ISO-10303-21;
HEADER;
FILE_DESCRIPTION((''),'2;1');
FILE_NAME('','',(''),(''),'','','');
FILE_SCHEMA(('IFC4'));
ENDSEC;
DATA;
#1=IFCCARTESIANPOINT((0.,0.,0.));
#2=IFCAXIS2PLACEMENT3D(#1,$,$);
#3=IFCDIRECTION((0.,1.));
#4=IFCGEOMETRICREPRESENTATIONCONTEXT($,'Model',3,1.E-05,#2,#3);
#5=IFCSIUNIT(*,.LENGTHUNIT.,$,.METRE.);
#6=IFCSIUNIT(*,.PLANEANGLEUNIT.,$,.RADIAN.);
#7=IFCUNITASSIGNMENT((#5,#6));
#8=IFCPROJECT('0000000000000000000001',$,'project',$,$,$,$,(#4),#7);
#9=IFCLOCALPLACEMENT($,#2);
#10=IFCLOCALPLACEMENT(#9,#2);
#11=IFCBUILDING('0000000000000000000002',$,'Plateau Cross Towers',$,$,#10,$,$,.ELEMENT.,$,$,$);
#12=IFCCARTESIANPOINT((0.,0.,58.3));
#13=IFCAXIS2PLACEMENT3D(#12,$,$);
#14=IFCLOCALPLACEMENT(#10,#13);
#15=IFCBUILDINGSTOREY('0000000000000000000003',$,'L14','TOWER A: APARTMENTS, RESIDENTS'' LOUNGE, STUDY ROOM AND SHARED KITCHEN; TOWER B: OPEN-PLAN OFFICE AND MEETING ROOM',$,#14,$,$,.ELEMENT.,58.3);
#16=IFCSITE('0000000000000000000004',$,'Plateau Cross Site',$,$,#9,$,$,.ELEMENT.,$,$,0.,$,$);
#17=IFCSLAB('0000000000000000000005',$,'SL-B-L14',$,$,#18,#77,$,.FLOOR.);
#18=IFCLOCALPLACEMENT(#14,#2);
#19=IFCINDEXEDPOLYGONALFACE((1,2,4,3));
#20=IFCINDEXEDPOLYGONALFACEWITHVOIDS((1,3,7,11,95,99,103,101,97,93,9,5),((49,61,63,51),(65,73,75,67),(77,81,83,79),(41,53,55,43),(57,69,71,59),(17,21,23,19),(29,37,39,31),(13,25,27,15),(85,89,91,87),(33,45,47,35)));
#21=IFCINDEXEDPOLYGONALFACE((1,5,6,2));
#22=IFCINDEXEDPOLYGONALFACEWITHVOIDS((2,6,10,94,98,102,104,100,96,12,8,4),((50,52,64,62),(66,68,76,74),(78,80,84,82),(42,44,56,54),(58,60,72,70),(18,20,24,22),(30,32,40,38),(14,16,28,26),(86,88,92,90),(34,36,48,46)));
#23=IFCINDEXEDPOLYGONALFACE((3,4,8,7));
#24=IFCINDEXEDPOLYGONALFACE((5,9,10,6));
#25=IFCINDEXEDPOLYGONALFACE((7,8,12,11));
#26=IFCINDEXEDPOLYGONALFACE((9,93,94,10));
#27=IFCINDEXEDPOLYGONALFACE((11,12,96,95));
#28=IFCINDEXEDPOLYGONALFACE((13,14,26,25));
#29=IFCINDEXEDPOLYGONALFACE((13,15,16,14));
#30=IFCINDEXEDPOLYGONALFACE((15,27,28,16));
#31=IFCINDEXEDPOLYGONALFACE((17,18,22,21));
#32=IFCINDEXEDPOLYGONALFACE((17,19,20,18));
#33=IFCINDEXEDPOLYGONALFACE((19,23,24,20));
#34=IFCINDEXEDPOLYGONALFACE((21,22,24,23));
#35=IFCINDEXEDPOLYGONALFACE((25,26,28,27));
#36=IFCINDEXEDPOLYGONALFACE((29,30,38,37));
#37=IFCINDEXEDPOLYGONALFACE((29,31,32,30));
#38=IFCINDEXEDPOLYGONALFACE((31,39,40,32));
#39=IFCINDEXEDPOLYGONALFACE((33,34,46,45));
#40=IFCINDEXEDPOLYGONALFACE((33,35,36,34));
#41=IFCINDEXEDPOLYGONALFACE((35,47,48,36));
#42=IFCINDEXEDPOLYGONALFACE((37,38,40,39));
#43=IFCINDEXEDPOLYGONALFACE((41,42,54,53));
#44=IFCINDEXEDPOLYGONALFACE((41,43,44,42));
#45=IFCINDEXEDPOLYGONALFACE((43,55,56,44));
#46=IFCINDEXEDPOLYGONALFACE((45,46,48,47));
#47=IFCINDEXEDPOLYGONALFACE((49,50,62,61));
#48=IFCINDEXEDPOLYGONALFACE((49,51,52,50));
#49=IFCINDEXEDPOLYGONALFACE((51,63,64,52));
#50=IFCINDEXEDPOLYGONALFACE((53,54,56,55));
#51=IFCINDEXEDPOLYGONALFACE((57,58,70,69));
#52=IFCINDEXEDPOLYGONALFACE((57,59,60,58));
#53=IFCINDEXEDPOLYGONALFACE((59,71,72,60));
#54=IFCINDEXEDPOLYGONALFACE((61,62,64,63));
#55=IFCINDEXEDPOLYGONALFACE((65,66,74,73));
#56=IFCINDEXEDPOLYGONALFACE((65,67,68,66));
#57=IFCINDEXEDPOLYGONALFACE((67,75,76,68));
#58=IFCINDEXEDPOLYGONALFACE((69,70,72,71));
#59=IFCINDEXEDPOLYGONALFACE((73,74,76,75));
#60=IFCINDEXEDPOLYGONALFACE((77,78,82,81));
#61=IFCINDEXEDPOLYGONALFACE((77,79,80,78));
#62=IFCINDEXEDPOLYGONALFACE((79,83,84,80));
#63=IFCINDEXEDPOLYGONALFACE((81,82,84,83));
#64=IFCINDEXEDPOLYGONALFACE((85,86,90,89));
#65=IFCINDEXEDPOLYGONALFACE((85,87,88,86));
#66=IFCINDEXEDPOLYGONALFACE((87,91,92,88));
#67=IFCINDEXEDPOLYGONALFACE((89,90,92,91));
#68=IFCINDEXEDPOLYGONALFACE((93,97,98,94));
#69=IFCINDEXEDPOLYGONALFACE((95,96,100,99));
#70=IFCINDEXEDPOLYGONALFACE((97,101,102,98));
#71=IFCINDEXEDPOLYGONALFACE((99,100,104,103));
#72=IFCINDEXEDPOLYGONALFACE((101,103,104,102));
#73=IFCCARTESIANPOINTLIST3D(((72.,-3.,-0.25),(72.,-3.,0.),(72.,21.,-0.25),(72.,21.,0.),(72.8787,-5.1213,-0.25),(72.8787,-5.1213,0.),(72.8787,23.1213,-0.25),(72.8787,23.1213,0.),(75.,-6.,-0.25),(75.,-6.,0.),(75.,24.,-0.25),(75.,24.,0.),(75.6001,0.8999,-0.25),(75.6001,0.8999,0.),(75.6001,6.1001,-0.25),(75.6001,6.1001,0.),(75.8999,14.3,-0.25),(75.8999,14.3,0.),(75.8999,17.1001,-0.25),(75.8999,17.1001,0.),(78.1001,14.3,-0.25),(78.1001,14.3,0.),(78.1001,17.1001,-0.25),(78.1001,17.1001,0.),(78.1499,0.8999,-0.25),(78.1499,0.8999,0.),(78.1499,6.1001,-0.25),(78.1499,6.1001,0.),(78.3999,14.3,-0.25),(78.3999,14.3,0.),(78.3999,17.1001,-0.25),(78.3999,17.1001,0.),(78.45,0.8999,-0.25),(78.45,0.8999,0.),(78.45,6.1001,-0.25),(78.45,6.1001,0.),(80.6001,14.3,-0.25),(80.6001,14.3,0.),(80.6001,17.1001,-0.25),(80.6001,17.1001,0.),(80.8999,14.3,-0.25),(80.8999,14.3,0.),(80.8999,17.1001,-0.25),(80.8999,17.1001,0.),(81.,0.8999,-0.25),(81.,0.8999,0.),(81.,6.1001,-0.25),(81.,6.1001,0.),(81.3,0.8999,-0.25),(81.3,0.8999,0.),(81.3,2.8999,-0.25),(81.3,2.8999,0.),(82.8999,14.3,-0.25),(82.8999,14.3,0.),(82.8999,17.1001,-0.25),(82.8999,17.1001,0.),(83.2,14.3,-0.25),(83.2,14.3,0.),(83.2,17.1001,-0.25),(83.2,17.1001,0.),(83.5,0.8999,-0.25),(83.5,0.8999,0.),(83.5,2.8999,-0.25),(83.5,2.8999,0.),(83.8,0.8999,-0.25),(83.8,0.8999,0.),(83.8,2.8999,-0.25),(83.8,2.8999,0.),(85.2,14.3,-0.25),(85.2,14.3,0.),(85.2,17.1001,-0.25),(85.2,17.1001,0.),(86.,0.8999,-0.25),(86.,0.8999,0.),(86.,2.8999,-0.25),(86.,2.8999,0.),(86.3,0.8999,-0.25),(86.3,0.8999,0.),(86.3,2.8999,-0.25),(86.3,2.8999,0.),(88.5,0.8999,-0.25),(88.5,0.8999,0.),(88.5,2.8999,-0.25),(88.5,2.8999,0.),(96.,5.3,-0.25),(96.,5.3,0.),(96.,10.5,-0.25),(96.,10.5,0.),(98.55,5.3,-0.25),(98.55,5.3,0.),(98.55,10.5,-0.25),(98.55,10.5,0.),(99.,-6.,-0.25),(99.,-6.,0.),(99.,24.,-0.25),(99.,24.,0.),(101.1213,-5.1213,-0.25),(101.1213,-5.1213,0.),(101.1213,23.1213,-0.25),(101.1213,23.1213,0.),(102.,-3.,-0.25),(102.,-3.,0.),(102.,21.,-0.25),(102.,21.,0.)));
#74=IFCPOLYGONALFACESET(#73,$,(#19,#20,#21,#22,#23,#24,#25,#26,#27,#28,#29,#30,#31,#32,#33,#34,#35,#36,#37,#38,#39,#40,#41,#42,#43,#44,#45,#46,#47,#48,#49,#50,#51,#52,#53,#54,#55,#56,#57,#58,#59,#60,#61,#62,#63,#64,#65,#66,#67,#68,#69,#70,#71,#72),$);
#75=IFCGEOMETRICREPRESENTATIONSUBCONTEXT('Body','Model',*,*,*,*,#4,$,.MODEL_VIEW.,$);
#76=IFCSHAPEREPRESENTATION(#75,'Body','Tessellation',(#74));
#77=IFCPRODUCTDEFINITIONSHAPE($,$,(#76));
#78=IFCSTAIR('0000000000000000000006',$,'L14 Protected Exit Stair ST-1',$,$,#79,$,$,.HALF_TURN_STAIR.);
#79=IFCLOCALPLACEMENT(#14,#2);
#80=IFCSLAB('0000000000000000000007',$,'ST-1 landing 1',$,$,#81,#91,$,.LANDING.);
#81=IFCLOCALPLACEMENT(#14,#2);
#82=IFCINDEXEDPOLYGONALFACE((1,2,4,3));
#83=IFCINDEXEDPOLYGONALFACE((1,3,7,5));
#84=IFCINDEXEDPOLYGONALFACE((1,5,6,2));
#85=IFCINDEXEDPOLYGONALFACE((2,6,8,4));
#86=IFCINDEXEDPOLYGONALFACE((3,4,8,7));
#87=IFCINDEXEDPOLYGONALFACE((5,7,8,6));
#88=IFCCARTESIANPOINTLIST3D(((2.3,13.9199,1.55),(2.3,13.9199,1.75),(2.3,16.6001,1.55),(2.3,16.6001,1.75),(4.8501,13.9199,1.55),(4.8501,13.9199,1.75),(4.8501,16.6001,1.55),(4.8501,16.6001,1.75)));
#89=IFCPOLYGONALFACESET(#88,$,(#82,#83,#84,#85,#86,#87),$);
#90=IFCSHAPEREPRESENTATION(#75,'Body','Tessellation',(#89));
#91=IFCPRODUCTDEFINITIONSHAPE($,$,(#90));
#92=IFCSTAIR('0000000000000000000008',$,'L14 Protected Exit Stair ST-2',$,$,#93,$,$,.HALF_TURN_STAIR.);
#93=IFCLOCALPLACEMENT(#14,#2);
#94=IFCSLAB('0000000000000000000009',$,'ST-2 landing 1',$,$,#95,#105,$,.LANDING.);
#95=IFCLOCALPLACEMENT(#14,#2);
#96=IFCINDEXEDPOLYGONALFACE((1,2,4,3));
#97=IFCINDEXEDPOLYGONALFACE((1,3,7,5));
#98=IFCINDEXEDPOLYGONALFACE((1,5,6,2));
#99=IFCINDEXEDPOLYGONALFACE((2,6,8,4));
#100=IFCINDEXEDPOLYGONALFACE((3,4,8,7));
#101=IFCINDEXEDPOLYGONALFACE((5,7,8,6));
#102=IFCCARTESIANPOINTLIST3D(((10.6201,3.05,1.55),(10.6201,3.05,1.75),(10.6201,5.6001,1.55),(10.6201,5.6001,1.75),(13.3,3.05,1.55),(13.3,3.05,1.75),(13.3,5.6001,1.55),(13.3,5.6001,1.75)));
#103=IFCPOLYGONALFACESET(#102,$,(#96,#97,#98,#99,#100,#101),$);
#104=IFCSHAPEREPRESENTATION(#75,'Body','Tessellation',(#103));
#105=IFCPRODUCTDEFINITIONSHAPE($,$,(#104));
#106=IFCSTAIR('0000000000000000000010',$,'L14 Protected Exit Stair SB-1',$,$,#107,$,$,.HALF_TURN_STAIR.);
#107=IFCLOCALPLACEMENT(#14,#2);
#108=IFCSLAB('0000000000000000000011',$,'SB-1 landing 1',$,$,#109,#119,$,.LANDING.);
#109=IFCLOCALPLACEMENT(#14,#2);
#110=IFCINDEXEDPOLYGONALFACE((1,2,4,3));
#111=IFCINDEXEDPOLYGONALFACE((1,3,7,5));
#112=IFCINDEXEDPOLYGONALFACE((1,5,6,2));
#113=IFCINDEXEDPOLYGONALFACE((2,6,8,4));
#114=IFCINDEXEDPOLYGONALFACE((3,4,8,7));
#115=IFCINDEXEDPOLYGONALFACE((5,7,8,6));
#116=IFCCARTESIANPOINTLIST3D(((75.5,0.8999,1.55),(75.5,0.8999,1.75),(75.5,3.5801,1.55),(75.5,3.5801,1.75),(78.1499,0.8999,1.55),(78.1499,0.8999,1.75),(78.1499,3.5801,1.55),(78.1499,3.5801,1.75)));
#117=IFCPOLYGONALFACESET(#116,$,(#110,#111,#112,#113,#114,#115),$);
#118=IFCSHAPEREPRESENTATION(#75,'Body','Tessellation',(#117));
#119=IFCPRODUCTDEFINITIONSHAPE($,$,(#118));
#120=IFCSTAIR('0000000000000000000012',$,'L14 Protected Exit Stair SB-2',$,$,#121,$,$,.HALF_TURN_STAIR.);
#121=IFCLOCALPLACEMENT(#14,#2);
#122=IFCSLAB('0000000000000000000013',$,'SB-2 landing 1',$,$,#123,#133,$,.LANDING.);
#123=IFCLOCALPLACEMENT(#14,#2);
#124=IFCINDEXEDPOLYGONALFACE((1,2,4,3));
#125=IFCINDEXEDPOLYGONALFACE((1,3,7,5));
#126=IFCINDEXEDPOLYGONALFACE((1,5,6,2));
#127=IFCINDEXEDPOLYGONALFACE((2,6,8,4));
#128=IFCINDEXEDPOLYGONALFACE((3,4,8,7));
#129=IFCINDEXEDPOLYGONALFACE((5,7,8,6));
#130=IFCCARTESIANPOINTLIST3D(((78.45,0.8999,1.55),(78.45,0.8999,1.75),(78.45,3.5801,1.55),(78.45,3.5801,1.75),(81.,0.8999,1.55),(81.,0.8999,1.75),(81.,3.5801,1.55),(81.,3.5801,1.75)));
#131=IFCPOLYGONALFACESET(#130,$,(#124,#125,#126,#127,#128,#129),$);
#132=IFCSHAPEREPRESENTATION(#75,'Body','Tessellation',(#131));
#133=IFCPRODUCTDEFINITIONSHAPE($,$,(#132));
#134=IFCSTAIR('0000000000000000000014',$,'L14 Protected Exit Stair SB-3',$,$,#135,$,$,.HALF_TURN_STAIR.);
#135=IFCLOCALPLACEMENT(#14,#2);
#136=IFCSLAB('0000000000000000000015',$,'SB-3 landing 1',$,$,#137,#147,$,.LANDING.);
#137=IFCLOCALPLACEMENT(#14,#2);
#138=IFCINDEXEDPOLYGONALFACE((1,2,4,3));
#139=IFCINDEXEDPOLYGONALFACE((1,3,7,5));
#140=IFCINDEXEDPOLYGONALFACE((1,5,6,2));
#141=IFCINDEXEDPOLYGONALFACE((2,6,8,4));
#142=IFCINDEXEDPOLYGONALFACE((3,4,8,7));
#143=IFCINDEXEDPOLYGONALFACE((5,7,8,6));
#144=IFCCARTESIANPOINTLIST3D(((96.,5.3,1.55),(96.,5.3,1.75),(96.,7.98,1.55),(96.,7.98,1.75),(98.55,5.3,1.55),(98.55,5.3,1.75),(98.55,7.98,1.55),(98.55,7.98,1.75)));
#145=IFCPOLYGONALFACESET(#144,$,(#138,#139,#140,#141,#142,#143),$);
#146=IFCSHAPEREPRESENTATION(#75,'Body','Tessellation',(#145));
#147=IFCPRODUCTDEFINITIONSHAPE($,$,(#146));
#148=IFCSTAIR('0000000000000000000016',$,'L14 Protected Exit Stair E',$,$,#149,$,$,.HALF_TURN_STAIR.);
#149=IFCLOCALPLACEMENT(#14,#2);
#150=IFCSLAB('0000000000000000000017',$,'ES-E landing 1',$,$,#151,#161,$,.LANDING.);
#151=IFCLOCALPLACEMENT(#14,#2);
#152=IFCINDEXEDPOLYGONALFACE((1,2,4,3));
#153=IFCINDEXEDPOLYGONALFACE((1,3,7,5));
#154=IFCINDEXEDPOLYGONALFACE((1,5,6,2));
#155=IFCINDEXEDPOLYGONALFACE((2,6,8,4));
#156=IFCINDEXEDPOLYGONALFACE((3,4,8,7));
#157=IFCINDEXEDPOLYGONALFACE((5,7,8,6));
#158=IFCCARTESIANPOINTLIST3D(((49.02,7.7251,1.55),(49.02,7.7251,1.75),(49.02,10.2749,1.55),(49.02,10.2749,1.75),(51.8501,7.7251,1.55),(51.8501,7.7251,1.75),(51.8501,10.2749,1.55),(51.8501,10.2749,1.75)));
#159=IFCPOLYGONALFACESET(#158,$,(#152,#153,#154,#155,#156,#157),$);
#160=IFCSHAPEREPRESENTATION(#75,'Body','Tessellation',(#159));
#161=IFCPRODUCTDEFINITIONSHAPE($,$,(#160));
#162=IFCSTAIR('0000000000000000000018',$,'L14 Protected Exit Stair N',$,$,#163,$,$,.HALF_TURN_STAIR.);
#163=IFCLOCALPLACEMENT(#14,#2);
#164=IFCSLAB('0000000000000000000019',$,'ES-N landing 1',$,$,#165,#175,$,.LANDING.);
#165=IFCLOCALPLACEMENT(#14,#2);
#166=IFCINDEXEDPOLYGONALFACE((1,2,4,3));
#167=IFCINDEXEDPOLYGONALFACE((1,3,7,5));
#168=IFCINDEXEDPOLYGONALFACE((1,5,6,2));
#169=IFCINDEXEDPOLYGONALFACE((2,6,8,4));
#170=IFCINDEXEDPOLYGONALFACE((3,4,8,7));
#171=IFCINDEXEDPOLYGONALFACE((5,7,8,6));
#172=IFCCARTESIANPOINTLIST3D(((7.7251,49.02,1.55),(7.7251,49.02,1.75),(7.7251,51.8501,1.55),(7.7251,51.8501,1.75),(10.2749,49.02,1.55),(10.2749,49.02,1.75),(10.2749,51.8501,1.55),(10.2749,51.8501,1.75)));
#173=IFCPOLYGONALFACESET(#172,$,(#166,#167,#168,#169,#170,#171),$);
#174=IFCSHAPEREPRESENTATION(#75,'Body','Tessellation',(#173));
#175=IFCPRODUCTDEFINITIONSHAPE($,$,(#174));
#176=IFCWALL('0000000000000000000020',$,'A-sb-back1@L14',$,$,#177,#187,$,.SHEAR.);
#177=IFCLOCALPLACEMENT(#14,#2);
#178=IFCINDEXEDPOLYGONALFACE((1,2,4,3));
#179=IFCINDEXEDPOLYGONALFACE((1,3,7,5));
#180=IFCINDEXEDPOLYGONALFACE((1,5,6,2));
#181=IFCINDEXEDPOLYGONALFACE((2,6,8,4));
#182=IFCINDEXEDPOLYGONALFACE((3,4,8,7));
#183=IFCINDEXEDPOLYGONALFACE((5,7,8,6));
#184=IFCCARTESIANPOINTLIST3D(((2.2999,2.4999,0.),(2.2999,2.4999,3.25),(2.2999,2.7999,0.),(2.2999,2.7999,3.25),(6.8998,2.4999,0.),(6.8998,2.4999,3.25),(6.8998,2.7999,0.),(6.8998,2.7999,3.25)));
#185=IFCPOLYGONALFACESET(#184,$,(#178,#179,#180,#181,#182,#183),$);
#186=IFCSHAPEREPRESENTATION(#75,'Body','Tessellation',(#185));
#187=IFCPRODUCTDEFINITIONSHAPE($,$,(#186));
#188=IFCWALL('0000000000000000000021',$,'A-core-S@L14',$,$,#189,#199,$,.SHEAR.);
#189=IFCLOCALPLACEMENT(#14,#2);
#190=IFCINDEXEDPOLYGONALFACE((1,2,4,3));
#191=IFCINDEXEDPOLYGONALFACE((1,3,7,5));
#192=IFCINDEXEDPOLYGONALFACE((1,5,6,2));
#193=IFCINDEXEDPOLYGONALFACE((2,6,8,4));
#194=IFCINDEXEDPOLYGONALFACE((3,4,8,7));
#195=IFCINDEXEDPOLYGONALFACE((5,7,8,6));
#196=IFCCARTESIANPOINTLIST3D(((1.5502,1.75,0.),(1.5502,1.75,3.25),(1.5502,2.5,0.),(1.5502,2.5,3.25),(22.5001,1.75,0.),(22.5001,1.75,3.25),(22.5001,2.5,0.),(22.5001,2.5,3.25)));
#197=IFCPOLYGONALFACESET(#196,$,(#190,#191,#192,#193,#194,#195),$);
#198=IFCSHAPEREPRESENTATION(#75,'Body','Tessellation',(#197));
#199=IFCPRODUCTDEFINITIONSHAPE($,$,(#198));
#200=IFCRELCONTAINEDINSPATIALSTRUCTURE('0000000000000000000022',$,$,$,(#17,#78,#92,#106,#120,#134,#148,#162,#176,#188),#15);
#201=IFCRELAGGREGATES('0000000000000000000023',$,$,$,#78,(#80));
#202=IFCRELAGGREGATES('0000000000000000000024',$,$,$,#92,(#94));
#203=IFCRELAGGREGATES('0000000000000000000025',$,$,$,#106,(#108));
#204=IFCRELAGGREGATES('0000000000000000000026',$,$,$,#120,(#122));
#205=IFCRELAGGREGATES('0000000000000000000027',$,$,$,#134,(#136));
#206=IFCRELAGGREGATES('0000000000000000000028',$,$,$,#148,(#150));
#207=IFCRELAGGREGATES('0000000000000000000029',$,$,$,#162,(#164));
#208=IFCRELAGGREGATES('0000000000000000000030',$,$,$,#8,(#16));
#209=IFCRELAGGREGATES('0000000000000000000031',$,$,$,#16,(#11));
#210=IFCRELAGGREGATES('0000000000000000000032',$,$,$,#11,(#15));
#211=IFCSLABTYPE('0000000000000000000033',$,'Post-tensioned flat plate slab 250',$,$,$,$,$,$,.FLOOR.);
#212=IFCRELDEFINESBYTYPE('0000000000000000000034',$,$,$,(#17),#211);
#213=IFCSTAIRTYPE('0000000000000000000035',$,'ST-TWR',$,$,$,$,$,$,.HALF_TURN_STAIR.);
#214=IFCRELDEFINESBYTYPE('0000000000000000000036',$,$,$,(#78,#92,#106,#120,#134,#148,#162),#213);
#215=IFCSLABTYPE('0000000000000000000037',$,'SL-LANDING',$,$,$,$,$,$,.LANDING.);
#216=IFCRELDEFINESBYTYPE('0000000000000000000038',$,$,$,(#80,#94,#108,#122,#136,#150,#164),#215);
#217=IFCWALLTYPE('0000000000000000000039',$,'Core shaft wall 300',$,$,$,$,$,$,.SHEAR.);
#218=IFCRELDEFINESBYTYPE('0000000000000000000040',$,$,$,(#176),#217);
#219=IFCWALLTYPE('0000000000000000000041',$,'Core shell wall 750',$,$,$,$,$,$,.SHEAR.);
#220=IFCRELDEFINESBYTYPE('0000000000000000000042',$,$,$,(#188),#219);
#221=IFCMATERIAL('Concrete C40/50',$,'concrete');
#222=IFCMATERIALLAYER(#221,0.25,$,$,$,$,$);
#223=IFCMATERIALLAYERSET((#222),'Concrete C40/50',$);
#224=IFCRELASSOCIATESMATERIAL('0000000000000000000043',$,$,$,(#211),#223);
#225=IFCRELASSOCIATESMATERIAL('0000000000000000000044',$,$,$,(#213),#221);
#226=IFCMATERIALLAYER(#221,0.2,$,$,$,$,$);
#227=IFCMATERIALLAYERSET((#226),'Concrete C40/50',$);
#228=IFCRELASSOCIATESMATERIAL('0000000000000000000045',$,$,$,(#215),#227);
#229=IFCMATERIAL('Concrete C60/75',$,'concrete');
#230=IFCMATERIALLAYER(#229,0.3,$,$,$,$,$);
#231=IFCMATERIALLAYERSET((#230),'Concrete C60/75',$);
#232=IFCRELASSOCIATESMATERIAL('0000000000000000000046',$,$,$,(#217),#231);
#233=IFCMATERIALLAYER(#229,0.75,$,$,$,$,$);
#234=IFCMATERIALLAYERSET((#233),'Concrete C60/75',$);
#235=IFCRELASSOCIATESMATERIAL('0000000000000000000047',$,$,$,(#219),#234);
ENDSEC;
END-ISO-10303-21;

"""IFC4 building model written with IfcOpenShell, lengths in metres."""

from ifc_helpers import new_model, si_unit, direction, frame, frame_2d, origin, place, context, subcontext, project, spatial, polyline, rectangle, outline, extrude, material, layer, layer_set, type_object, element, aggregate, save


model = new_model("IFC4")

# Units and contexts
model_context = context("Model", 3, precision=1e-05, world=origin(), true_north=direction((0.0, 1.0)))
body_context = subcontext(model_context, "Body", "Model", "MODEL_VIEW")
ifc_project = project(units=[si_unit("LENGTHUNIT", "METRE"), si_unit("PLANEANGLEUNIT", "RADIAN")], contexts=[model_context])

# Site, building, storey
site_placement = place(None, origin())
site = spatial("IfcSite", under=ifc_project, at=site_placement, Name="Plateau Cross Site", CompositionType="ELEMENT", RefElevation=0.0)
building_placement = place(site_placement, origin())
building = spatial("IfcBuilding", under=site, at=building_placement, Name="Plateau Cross Towers", CompositionType="ELEMENT")
storey_placement = place(building_placement, frame((0.0, 0.0, 58.3)))
storey = spatial("IfcBuildingStorey", under=building, at=storey_placement, Name="L14", Description="TOWER A: APARTMENTS, RESIDENTS' LOUNGE, STUDY ROOM AND SHARED KITCHEN; TOWER B: OPEN-PLAN OFFICE AND MEETING ROOM", CompositionType="ELEMENT", Elevation=58.3)

# Shared definitions
ifc_material_1 = material(Name="Concrete C60/75", Category="concrete")

# Shared definitions
ifc_material_2 = material(Name="Concrete C40/50", Category="concrete")

# Slab
ifc_layer_1 = layer(ifc_material_2, 0.25)
ifc_layer_set_1 = layer_set([ifc_layer_1], Name="Concrete C40/50")
slab_type_1 = type_object("IfcSlabType", Name="Post-tensioned flat plate slab 250", PredefinedType="FLOOR", material=ifc_layer_set_1)
slab_1_placement = place(storey_placement, frame((0.0, 0.0, -0.25)))
element("IfcSlab", 1, at=slab_1_placement, inside=storey, type_object=slab_type_1, Name="SL-B-L14", PredefinedType="FLOOR", context=body_context, shape_type="SweptSolid", body=[
    extrude(outline(polyline([(72.8787, -5.1213), (72.0, -3.0), (72.0, 21.0), (72.8787, 23.1213), (75.0, 24.0), (99.0, 24.0), (101.1213, 23.1213), (102.0, 21.0), (102.0, -3.0), (101.1213, -5.1213), (99.0, -6.0), (75.0, -6.0), (72.8787, -5.1213)]), holes=[polyline([(75.6001, 0.8999), (78.1499, 0.8999), (78.1499, 6.1001), (75.6001, 6.1001), (75.6001, 0.8999)]), polyline([(78.1001, 14.3), (78.1001, 17.1001), (75.8999, 17.1001), (75.8999, 14.3), (78.1001, 14.3)]), polyline([(83.5, 0.8999), (83.5, 2.8999), (81.3, 2.8999), (81.3, 0.8999), (83.5, 0.8999)]), polyline([(86.0, 0.8999), (86.0, 2.8999), (83.8, 2.8999), (83.8, 0.8999), (86.0, 0.8999)]), polyline([(88.5, 0.8999), (88.5, 2.8999), (86.3, 2.8999), (86.3, 0.8999), (88.5, 0.8999)]), polyline([(78.45, 0.8999), (81.0, 0.8999), (81.0, 6.1001), (78.45, 6.1001), (78.45, 0.8999)]), polyline([(96.0, 5.3), (98.55, 5.3), (98.55, 10.5), (96.0, 10.5), (96.0, 5.3)]), polyline([(80.6001, 14.3), (80.6001, 17.1001), (78.3999, 17.1001), (78.3999, 14.3), (80.6001, 14.3)]), polyline([(80.8999, 14.3), (82.8999, 14.3), (82.8999, 17.1001), (80.8999, 17.1001), (80.8999, 14.3)]), polyline([(83.2, 14.3), (85.2, 14.3), (85.2, 17.1001), (83.2, 17.1001), (83.2, 14.3)])]), origin(), (0.0, 0.0, 1.0), 0.25),
])

# Stairs, slabs
stair_type = type_object("IfcStairType", Name="ST-TWR", PredefinedType="HALF_TURN_STAIR", material=ifc_material_2)
stair_1_placement = place(storey_placement, origin())
stair_1 = element("IfcStair", 2, at=stair_1_placement, inside=storey, type_object=stair_type, Name="L14 Protected Exit Stair ST-1", PredefinedType="HALF_TURN_STAIR")
ifc_layer_2 = layer(ifc_material_2, 0.2)
ifc_layer_set_2 = layer_set([ifc_layer_2], Name="Concrete C40/50")
slab_type_2 = type_object("IfcSlabType", Name="SL-LANDING", PredefinedType="LANDING", material=ifc_layer_set_2)
slab_2_placement = place(storey_placement, frame((0.0, 0.0, 1.55)))
slab_2 = element("IfcSlab", 3, at=slab_2_placement, type_object=slab_type_2, Name="ST-1 landing 1", PredefinedType="LANDING", context=body_context, shape_type="SweptSolid", body=[
    extrude(outline(polyline([(4.8501, 13.9199), (4.8501, 16.6001), (2.3, 16.6001), (2.3, 13.9199), (4.8501, 13.9199)])), origin(), (0.0, 0.0, 1.0), 0.2),
])
aggregate(stair_1, [slab_2])
stair_2_placement = place(storey_placement, origin())
stair_2 = element("IfcStair", 4, at=stair_2_placement, inside=storey, type_object=stair_type, Name="L14 Protected Exit Stair ST-2", PredefinedType="HALF_TURN_STAIR")
slab_3_placement = place(storey_placement, frame((0.0, 0.0, 1.55)))
slab_3 = element("IfcSlab", 5, at=slab_3_placement, type_object=slab_type_2, Name="ST-2 landing 1", PredefinedType="LANDING", context=body_context, shape_type="SweptSolid", body=[
    extrude(outline(polyline([(10.6201, 3.05), (13.3, 3.05), (13.3, 5.6001), (10.6201, 5.6001), (10.6201, 3.05)])), origin(), (0.0, 0.0, 1.0), 0.2),
])
aggregate(stair_2, [slab_3])
stair_3_placement = place(storey_placement, origin())
stair_3 = element("IfcStair", 6, at=stair_3_placement, inside=storey, type_object=stair_type, Name="L14 Protected Exit Stair SB-1", PredefinedType="HALF_TURN_STAIR")
slab_4_placement = place(storey_placement, frame((0.0, 0.0, 1.55)))
slab_4 = element("IfcSlab", 7, at=slab_4_placement, type_object=slab_type_2, Name="SB-1 landing 1", PredefinedType="LANDING", context=body_context, shape_type="SweptSolid", body=[
    extrude(outline(polyline([(75.5, 3.5801), (75.5, 0.8999), (78.1499, 0.8999), (78.1499, 3.5801), (75.5, 3.5801)])), origin(), (0.0, 0.0, 1.0), 0.2),
])
aggregate(stair_3, [slab_4])
stair_4_placement = place(storey_placement, origin())
stair_4 = element("IfcStair", 8, at=stair_4_placement, inside=storey, type_object=stair_type, Name="L14 Protected Exit Stair SB-2", PredefinedType="HALF_TURN_STAIR")
slab_5_placement = place(storey_placement, frame((0.0, 0.0, 1.55)))
slab_5 = element("IfcSlab", 9, at=slab_5_placement, type_object=slab_type_2, Name="SB-2 landing 1", PredefinedType="LANDING", context=body_context, shape_type="SweptSolid", body=[
    extrude(outline(polyline([(78.45, 3.5801), (78.45, 0.8999), (81.0, 0.8999), (81.0, 3.5801), (78.45, 3.5801)])), origin(), (0.0, 0.0, 1.0), 0.2),
])
aggregate(stair_4, [slab_5])
stair_5_placement = place(storey_placement, origin())
stair_5 = element("IfcStair", 10, at=stair_5_placement, inside=storey, type_object=stair_type, Name="L14 Protected Exit Stair SB-3", PredefinedType="HALF_TURN_STAIR")
slab_6_placement = place(storey_placement, frame((0.0, 0.0, 1.55)))
slab_6 = element("IfcSlab", 11, at=slab_6_placement, type_object=slab_type_2, Name="SB-3 landing 1", PredefinedType="LANDING", context=body_context, shape_type="SweptSolid", body=[
    extrude(outline(polyline([(96.0, 7.98), (96.0, 5.3), (98.55, 5.3), (98.55, 7.98), (96.0, 7.98)])), origin(), (0.0, 0.0, 1.0), 0.2),
])
aggregate(stair_5, [slab_6])
stair_6_placement = place(storey_placement, origin())
stair_6 = element("IfcStair", 12, at=stair_6_placement, inside=storey, type_object=stair_type, Name="L14 Protected Exit Stair E", PredefinedType="HALF_TURN_STAIR")
slab_7_placement = place(storey_placement, frame((0.0, 0.0, 1.55)))
slab_7 = element("IfcSlab", 13, at=slab_7_placement, type_object=slab_type_2, Name="ES-E landing 1", PredefinedType="LANDING", context=body_context, shape_type="SweptSolid", body=[
    extrude(outline(polyline([(49.02, 7.7251), (51.8501, 7.7251), (51.8501, 10.2749), (49.02, 10.2749), (49.02, 7.7251)])), origin(), (0.0, 0.0, 1.0), 0.2),
])
aggregate(stair_6, [slab_7])
stair_7_placement = place(storey_placement, origin())
stair_7 = element("IfcStair", 14, at=stair_7_placement, inside=storey, type_object=stair_type, Name="L14 Protected Exit Stair N", PredefinedType="HALF_TURN_STAIR")
slab_8_placement = place(storey_placement, frame((0.0, 0.0, 1.55)))
slab_8 = element("IfcSlab", 15, at=slab_8_placement, type_object=slab_type_2, Name="ES-N landing 1", PredefinedType="LANDING", context=body_context, shape_type="SweptSolid", body=[
    extrude(outline(polyline([(10.2749, 49.02), (10.2749, 51.8501), (7.7251, 51.8501), (7.7251, 49.02), (10.2749, 49.02)])), origin(), (0.0, 0.0, 1.0), 0.2),
])
aggregate(stair_7, [slab_8])

# Walls
ifc_layer_3 = layer(ifc_material_1, 0.3)
ifc_layer_set_3 = layer_set([ifc_layer_3], Name="Concrete C60/75")
wall_type_1 = type_object("IfcWallType", Name="Core shaft wall 300", PredefinedType="SHEAR", material=ifc_layer_set_3)
wall_1_placement = place(storey_placement, frame((2.3, 2.6499, 0.0), z_axis=(0.0, 0.0, 1.0), x_axis=(1.0, 0.0, 0.0)))
element("IfcWall", 16, at=wall_1_placement, inside=storey, type_object=wall_type_1, Name="A-sb-back1@L14", PredefinedType="SHEAR", context=body_context, shape_type="SweptSolid", body=[
    extrude(rectangle(XDim=4.5999, YDim=0.3, at=frame_2d((2.2998, 0.0))), origin(), (0.0, 0.0, 1.0), 3.25),
])
ifc_layer_4 = layer(ifc_material_1, 0.75)
ifc_layer_set_4 = layer_set([ifc_layer_4], Name="Concrete C60/75")
wall_type_2 = type_object("IfcWallType", Name="Core shell wall 750", PredefinedType="SHEAR", material=ifc_layer_set_4)
wall_2_placement = place(storey_placement, frame((1.55, 2.125, 0.0), z_axis=(0.0, 0.0, 1.0), x_axis=(1.0, 0.0, 0.0)))
element("IfcWall", 17, at=wall_2_placement, inside=storey, type_object=wall_type_2, Name="A-core-S@L14", PredefinedType="SHEAR", context=body_context, shape_type="SweptSolid", body=[
    extrude(rectangle(XDim=20.95, YDim=0.75, at=frame_2d((10.4751, 0.0))), origin(), (0.0, 0.0, 1.0), 3.25),
])

save(model, "model.ifc")
